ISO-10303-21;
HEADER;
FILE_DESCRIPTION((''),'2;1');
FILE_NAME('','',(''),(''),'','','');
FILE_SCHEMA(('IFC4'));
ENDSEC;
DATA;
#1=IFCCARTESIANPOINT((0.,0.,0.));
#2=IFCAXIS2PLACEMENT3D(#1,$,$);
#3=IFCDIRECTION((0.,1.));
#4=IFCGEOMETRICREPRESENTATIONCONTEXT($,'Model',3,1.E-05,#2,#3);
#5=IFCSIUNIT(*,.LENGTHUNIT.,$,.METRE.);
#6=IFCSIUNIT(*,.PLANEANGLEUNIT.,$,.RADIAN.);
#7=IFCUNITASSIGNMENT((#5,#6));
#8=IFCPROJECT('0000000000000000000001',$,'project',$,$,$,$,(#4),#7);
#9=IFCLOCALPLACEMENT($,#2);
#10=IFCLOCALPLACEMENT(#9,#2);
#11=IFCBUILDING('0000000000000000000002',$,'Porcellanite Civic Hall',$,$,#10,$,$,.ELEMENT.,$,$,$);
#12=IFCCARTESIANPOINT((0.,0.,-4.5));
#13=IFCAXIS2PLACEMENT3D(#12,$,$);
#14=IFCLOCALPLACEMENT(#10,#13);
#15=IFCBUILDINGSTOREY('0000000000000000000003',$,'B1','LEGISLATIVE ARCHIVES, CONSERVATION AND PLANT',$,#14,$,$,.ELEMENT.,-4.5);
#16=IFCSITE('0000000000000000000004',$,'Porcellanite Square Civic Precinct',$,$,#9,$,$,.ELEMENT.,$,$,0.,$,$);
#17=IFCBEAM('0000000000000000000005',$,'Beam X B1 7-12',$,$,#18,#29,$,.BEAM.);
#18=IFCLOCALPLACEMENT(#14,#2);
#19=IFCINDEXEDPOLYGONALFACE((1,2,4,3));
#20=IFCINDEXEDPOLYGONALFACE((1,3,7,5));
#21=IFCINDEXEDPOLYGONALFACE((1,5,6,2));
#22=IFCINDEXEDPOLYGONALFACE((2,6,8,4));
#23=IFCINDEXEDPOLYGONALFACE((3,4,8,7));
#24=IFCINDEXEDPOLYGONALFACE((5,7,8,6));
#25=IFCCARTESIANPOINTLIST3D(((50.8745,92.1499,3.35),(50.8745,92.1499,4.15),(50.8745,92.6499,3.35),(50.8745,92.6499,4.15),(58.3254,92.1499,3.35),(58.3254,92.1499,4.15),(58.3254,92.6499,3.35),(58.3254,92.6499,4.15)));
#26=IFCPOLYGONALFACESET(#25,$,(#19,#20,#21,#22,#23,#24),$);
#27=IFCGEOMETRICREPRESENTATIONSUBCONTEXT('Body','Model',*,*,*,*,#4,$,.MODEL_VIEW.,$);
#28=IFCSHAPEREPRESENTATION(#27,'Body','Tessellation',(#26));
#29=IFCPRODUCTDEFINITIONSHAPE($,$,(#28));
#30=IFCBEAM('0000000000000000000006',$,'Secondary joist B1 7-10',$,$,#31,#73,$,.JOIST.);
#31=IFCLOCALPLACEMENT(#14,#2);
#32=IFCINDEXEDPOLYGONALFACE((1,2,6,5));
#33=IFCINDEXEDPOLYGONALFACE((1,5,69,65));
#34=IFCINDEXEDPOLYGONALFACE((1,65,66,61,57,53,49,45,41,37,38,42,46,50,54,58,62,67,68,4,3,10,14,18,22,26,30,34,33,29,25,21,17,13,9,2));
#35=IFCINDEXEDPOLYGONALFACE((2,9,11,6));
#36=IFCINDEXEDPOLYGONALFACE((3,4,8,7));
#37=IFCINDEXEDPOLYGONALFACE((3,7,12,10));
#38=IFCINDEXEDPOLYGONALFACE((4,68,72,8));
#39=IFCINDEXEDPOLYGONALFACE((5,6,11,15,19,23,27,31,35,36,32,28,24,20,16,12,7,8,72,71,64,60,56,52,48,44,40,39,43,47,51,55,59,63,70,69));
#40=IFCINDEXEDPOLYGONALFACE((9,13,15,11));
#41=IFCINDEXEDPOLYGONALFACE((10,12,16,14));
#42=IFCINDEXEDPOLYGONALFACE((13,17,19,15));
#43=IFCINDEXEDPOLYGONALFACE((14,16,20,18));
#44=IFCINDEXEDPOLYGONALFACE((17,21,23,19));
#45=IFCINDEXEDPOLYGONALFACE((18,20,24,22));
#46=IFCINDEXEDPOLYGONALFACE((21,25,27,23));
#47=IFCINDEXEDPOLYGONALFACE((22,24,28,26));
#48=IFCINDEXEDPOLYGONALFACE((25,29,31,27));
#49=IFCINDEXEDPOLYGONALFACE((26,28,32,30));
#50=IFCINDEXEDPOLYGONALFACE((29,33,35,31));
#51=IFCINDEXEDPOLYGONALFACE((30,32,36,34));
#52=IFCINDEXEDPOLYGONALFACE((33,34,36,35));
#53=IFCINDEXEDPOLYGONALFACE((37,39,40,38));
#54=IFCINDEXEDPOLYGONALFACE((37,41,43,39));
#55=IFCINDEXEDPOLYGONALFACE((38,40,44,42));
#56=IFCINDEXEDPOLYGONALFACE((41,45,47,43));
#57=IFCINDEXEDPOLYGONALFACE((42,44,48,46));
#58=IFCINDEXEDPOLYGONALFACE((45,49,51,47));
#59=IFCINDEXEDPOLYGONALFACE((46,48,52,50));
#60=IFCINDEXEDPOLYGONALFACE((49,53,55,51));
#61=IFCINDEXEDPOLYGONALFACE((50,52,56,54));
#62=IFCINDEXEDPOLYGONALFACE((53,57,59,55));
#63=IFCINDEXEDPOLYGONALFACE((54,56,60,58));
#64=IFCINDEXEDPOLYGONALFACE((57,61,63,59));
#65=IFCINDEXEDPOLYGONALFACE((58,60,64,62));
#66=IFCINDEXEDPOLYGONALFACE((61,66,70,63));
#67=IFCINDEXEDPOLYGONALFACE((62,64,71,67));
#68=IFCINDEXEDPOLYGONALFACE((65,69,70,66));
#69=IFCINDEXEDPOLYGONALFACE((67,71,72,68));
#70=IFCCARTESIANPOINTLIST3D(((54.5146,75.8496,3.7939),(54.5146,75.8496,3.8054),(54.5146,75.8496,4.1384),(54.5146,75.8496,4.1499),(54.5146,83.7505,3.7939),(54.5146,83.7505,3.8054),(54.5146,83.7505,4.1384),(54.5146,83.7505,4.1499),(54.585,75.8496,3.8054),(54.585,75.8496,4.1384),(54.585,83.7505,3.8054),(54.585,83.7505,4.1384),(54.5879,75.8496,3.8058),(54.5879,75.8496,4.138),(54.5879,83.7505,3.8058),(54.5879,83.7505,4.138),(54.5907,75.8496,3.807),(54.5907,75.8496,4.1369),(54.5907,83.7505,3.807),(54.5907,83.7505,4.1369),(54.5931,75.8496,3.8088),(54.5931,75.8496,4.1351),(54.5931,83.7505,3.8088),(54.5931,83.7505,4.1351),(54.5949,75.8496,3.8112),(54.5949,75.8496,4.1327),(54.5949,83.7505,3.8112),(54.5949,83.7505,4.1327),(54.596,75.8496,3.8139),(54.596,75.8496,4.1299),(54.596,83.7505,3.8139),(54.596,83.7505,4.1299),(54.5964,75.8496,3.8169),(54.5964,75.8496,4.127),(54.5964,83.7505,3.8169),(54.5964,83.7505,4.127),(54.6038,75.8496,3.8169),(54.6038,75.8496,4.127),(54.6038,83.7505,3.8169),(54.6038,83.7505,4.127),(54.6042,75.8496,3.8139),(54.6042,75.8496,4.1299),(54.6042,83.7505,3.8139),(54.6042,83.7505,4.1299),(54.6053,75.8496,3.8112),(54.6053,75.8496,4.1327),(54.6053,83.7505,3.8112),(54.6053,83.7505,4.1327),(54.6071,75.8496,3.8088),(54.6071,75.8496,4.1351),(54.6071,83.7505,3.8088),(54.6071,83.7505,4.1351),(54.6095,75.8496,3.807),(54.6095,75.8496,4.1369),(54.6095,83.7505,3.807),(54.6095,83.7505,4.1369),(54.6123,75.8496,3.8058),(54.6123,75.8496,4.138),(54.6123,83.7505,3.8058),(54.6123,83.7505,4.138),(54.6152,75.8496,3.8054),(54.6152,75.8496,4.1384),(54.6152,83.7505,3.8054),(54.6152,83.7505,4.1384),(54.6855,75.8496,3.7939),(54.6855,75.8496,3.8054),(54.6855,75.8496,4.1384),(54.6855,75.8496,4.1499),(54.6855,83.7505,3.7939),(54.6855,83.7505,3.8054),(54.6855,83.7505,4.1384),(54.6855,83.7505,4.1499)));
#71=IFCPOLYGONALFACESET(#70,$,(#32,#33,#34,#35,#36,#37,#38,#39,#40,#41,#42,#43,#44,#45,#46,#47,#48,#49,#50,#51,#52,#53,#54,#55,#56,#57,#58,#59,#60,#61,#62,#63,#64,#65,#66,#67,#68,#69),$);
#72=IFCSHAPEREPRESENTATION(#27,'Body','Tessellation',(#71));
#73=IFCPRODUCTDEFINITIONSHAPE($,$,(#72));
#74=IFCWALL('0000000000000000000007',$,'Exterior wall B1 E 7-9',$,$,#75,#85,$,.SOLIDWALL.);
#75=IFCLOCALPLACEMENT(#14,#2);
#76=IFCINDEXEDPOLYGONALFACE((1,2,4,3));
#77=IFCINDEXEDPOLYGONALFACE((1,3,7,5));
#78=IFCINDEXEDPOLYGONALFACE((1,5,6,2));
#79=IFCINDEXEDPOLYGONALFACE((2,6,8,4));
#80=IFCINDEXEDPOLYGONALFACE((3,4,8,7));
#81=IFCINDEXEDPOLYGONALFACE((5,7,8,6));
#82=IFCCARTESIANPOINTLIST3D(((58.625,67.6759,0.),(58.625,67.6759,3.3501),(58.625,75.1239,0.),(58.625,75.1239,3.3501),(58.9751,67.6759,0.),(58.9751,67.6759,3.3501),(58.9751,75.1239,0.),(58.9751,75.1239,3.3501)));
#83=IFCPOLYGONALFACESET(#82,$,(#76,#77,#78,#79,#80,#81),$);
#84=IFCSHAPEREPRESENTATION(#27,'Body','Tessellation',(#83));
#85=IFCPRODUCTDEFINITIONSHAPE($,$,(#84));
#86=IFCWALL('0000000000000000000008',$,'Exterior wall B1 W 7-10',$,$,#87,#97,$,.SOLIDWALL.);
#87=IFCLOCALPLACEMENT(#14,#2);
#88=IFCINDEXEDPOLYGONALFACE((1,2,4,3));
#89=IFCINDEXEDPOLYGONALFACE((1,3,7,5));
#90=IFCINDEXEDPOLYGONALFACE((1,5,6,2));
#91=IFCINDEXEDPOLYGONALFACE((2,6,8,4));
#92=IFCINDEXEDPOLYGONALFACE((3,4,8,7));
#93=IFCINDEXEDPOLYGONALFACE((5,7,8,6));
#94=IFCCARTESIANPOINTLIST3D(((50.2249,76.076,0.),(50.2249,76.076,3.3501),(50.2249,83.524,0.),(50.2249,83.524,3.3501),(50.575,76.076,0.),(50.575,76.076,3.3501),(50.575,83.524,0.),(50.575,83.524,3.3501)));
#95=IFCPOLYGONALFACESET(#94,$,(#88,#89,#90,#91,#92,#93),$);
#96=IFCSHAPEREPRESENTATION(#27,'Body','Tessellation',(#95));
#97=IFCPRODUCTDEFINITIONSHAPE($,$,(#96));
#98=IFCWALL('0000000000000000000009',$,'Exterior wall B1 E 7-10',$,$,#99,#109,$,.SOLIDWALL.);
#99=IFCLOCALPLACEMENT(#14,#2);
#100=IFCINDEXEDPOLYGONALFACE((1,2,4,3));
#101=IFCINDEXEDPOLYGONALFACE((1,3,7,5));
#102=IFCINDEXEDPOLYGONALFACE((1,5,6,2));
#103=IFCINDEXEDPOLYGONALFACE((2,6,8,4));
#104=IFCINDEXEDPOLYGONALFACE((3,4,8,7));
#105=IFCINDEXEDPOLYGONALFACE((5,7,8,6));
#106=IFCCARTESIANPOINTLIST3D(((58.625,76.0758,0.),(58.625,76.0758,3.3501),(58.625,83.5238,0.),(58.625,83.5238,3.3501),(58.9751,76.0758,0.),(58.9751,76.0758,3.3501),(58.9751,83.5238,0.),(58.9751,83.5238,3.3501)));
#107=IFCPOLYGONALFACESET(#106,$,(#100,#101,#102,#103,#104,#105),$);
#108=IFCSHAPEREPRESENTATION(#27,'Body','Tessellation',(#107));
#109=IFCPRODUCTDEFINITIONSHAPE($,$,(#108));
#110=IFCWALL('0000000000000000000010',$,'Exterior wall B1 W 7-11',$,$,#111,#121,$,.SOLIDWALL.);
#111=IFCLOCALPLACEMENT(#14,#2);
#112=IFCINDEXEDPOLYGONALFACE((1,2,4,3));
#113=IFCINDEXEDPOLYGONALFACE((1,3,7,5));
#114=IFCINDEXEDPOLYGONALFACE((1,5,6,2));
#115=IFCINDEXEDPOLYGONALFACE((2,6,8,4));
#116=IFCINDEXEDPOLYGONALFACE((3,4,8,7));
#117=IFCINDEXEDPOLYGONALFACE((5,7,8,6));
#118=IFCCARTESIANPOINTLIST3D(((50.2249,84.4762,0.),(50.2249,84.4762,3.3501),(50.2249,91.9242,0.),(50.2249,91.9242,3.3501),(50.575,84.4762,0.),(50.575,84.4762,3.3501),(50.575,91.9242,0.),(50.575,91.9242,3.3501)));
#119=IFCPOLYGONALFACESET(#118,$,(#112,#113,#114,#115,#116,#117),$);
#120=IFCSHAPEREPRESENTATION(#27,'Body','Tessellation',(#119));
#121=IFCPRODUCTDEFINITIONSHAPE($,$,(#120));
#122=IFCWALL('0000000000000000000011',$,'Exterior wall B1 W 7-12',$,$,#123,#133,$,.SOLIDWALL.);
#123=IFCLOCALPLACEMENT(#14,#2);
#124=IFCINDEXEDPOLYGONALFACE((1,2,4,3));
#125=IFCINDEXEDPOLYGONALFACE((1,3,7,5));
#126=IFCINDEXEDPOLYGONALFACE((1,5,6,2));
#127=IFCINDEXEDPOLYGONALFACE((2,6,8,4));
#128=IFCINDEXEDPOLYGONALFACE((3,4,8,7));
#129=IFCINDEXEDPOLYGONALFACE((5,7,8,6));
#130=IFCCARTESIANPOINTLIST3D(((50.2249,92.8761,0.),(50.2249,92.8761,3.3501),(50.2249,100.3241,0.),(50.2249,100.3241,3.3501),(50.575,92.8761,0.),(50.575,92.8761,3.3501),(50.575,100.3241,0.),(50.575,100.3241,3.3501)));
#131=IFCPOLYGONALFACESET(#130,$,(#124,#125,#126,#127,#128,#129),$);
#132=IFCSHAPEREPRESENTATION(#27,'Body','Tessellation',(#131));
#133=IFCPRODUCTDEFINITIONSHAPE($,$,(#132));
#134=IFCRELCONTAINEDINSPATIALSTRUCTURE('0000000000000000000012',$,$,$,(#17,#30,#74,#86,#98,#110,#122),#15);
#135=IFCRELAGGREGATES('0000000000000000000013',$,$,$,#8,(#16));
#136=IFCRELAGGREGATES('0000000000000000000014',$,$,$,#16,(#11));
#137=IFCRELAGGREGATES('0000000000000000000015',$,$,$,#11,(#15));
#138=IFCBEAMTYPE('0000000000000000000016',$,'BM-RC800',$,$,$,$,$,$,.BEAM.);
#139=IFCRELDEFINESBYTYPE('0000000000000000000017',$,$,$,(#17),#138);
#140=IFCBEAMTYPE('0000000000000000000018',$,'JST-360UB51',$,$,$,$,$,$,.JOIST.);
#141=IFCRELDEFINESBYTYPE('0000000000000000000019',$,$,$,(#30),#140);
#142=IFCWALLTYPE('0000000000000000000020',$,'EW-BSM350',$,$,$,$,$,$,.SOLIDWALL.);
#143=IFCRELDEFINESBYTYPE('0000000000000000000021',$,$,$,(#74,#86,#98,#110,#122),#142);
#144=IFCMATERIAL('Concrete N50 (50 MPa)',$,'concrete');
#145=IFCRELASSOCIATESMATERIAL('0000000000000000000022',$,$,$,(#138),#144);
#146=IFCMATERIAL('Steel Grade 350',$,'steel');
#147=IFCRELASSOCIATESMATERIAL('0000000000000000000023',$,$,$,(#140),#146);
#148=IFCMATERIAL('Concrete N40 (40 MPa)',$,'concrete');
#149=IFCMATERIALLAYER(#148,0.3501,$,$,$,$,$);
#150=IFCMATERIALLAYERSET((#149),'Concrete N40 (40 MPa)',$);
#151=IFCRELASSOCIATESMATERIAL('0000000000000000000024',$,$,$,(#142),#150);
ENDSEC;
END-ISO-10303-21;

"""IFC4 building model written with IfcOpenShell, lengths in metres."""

from ifc_helpers import new_model, si_unit, direction, frame, frame_2d, origin, origin_2d, place, context, subcontext, project, spatial, rectangle, i_section, extrude, material, layer, layer_set, material_profile, profile_set, type_object, element, save


model = new_model("IFC4")

# Units and contexts
model_context = context("Model", 3, precision=1e-05, world=origin(), true_north=direction((0.0, 1.0)))
body_context = subcontext(model_context, "Body", "Model", "MODEL_VIEW")
ifc_project = project(units=[si_unit("LENGTHUNIT", "METRE"), si_unit("PLANEANGLEUNIT", "RADIAN")], contexts=[model_context])

# Site, building, storey
site_placement = place(None, origin())
site = spatial("IfcSite", under=ifc_project, at=site_placement, Name="Porcellanite Square Civic Precinct", CompositionType="ELEMENT", RefElevation=0.0)
building_placement = place(site_placement, origin())
building = spatial("IfcBuilding", under=site, at=building_placement, Name="Porcellanite Civic Hall", CompositionType="ELEMENT")
storey_placement = place(building_placement, frame((0.0, 0.0, -4.5)))
storey = spatial("IfcBuildingStorey", under=building, at=storey_placement, Name="B1", Description="LEGISLATIVE ARCHIVES, CONSERVATION AND PLANT", CompositionType="ELEMENT", Elevation=-4.5)

# Beams
ifc_material_1 = material(Name="Concrete N50 (50 MPa)", Category="concrete")
ifc_material_profile_1 = material_profile(ifc_material_1, rectangle(XDim=0.5, YDim=0.8, at=origin_2d()), Name="RC-500x800")
ifc_profile_set_1 = profile_set([ifc_material_profile_1], Name="Concrete N50 (50 MPa)")
beam_type_1 = type_object("IfcBeamType", Name="BM-RC800", PredefinedType="BEAM", material=ifc_profile_set_1)
for number, where, z_axis, x_axis, name in (
    (1, (50.8745, 92.3999, 3.75), (1.0, 0.0, 0.0), (0.0, 1.0, 0.0), "Beam X B1 7-12"),
):
    element("IfcBeam", number, at=place(storey_placement, frame(where, z_axis=z_axis, x_axis=x_axis)), inside=storey, type_object=beam_type_1, Name=name, PredefinedType="BEAM", context=body_context, shape_type="SweptSolid", body=[
        extrude(rectangle(XDim=0.5, YDim=0.8, at=origin_2d()), origin(), (0.0, 0.0, 1.0), 7.4509),
    ])
ifc_material_2 = material(Name="Steel Grade 350", Category="steel")
ifc_material_profile_2 = material_profile(ifc_material_2, i_section(OverallWidth=0.1709, OverallDepth=0.356, WebThickness=0.0073, FlangeThickness=0.0115, FilletRadius=0.0115, at=origin_2d()), Name="360UB50.7")
ifc_profile_set_2 = profile_set([ifc_material_profile_2], Name="Steel Grade 350")
beam_type_2 = type_object("IfcBeamType", Name="JST-360UB51", PredefinedType="JOIST", material=ifc_profile_set_2)
beam_1_placement = place(storey_placement, frame((54.6001, 75.8496, 3.9719), z_axis=(0.0, 1.0, 0.0), x_axis=(-1.0, 0.0, 0.0)))
element("IfcBeam", 2, at=beam_1_placement, inside=storey, type_object=beam_type_2, Name="Secondary joist B1 7-10", PredefinedType="JOIST", context=body_context, shape_type="SweptSolid", body=[
    extrude(i_section(OverallWidth=0.1709, OverallDepth=0.356, WebThickness=0.0073, FlangeThickness=0.0115, FilletRadius=0.0115, at=origin_2d()), origin(), (0.0, 0.0, 1.0), 7.9009),
])

# Walls
ifc_material_3 = material(Name="Concrete N40 (40 MPa)", Category="concrete")
ifc_layer = layer(ifc_material_3, 0.3501)
ifc_layer_set = layer_set([ifc_layer], Name="Concrete N40 (40 MPa)")
wall_type = type_object("IfcWallType", Name="EW-BSM350", PredefinedType="SOLIDWALL", material=ifc_layer_set)
for number, where, z_axis, x_axis, name in (
    (3, (58.8, 75.124, 0.0), (0.0, 0.0, 1.0), (0.0, -1.0, 0.0), "Exterior wall B1 E 7-9"),
    (4, (50.3999, 76.0759, 0.0), (0.0, 0.0, 1.0), (0.0, 1.0, 0.0), "Exterior wall B1 W 7-10"),
    (5, (58.8, 83.5239, 0.0), (0.0, 0.0, 1.0), (0.0, -1.0, 0.0), "Exterior wall B1 E 7-10"),
    (6, (50.3999, 84.4761, 0.0), (0.0, 0.0, 1.0), (0.0, 1.0, 0.0), "Exterior wall B1 W 7-11"),
    (7, (50.3999, 92.876, 0.0), (0.0, 0.0, 1.0), (0.0, 1.0, 0.0), "Exterior wall B1 W 7-12"),
):
    element("IfcWall", number, at=place(storey_placement, frame(where, z_axis=z_axis, x_axis=x_axis)), inside=storey, type_object=wall_type, Name=name, PredefinedType="SOLIDWALL", context=body_context, shape_type="SweptSolid", body=[
        extrude(rectangle(XDim=7.448, YDim=0.3501, at=frame_2d((3.7241, 0.0))), origin(), (0.0, 0.0, 1.0), 3.3501),
    ])

save(model, "model.ifc")
